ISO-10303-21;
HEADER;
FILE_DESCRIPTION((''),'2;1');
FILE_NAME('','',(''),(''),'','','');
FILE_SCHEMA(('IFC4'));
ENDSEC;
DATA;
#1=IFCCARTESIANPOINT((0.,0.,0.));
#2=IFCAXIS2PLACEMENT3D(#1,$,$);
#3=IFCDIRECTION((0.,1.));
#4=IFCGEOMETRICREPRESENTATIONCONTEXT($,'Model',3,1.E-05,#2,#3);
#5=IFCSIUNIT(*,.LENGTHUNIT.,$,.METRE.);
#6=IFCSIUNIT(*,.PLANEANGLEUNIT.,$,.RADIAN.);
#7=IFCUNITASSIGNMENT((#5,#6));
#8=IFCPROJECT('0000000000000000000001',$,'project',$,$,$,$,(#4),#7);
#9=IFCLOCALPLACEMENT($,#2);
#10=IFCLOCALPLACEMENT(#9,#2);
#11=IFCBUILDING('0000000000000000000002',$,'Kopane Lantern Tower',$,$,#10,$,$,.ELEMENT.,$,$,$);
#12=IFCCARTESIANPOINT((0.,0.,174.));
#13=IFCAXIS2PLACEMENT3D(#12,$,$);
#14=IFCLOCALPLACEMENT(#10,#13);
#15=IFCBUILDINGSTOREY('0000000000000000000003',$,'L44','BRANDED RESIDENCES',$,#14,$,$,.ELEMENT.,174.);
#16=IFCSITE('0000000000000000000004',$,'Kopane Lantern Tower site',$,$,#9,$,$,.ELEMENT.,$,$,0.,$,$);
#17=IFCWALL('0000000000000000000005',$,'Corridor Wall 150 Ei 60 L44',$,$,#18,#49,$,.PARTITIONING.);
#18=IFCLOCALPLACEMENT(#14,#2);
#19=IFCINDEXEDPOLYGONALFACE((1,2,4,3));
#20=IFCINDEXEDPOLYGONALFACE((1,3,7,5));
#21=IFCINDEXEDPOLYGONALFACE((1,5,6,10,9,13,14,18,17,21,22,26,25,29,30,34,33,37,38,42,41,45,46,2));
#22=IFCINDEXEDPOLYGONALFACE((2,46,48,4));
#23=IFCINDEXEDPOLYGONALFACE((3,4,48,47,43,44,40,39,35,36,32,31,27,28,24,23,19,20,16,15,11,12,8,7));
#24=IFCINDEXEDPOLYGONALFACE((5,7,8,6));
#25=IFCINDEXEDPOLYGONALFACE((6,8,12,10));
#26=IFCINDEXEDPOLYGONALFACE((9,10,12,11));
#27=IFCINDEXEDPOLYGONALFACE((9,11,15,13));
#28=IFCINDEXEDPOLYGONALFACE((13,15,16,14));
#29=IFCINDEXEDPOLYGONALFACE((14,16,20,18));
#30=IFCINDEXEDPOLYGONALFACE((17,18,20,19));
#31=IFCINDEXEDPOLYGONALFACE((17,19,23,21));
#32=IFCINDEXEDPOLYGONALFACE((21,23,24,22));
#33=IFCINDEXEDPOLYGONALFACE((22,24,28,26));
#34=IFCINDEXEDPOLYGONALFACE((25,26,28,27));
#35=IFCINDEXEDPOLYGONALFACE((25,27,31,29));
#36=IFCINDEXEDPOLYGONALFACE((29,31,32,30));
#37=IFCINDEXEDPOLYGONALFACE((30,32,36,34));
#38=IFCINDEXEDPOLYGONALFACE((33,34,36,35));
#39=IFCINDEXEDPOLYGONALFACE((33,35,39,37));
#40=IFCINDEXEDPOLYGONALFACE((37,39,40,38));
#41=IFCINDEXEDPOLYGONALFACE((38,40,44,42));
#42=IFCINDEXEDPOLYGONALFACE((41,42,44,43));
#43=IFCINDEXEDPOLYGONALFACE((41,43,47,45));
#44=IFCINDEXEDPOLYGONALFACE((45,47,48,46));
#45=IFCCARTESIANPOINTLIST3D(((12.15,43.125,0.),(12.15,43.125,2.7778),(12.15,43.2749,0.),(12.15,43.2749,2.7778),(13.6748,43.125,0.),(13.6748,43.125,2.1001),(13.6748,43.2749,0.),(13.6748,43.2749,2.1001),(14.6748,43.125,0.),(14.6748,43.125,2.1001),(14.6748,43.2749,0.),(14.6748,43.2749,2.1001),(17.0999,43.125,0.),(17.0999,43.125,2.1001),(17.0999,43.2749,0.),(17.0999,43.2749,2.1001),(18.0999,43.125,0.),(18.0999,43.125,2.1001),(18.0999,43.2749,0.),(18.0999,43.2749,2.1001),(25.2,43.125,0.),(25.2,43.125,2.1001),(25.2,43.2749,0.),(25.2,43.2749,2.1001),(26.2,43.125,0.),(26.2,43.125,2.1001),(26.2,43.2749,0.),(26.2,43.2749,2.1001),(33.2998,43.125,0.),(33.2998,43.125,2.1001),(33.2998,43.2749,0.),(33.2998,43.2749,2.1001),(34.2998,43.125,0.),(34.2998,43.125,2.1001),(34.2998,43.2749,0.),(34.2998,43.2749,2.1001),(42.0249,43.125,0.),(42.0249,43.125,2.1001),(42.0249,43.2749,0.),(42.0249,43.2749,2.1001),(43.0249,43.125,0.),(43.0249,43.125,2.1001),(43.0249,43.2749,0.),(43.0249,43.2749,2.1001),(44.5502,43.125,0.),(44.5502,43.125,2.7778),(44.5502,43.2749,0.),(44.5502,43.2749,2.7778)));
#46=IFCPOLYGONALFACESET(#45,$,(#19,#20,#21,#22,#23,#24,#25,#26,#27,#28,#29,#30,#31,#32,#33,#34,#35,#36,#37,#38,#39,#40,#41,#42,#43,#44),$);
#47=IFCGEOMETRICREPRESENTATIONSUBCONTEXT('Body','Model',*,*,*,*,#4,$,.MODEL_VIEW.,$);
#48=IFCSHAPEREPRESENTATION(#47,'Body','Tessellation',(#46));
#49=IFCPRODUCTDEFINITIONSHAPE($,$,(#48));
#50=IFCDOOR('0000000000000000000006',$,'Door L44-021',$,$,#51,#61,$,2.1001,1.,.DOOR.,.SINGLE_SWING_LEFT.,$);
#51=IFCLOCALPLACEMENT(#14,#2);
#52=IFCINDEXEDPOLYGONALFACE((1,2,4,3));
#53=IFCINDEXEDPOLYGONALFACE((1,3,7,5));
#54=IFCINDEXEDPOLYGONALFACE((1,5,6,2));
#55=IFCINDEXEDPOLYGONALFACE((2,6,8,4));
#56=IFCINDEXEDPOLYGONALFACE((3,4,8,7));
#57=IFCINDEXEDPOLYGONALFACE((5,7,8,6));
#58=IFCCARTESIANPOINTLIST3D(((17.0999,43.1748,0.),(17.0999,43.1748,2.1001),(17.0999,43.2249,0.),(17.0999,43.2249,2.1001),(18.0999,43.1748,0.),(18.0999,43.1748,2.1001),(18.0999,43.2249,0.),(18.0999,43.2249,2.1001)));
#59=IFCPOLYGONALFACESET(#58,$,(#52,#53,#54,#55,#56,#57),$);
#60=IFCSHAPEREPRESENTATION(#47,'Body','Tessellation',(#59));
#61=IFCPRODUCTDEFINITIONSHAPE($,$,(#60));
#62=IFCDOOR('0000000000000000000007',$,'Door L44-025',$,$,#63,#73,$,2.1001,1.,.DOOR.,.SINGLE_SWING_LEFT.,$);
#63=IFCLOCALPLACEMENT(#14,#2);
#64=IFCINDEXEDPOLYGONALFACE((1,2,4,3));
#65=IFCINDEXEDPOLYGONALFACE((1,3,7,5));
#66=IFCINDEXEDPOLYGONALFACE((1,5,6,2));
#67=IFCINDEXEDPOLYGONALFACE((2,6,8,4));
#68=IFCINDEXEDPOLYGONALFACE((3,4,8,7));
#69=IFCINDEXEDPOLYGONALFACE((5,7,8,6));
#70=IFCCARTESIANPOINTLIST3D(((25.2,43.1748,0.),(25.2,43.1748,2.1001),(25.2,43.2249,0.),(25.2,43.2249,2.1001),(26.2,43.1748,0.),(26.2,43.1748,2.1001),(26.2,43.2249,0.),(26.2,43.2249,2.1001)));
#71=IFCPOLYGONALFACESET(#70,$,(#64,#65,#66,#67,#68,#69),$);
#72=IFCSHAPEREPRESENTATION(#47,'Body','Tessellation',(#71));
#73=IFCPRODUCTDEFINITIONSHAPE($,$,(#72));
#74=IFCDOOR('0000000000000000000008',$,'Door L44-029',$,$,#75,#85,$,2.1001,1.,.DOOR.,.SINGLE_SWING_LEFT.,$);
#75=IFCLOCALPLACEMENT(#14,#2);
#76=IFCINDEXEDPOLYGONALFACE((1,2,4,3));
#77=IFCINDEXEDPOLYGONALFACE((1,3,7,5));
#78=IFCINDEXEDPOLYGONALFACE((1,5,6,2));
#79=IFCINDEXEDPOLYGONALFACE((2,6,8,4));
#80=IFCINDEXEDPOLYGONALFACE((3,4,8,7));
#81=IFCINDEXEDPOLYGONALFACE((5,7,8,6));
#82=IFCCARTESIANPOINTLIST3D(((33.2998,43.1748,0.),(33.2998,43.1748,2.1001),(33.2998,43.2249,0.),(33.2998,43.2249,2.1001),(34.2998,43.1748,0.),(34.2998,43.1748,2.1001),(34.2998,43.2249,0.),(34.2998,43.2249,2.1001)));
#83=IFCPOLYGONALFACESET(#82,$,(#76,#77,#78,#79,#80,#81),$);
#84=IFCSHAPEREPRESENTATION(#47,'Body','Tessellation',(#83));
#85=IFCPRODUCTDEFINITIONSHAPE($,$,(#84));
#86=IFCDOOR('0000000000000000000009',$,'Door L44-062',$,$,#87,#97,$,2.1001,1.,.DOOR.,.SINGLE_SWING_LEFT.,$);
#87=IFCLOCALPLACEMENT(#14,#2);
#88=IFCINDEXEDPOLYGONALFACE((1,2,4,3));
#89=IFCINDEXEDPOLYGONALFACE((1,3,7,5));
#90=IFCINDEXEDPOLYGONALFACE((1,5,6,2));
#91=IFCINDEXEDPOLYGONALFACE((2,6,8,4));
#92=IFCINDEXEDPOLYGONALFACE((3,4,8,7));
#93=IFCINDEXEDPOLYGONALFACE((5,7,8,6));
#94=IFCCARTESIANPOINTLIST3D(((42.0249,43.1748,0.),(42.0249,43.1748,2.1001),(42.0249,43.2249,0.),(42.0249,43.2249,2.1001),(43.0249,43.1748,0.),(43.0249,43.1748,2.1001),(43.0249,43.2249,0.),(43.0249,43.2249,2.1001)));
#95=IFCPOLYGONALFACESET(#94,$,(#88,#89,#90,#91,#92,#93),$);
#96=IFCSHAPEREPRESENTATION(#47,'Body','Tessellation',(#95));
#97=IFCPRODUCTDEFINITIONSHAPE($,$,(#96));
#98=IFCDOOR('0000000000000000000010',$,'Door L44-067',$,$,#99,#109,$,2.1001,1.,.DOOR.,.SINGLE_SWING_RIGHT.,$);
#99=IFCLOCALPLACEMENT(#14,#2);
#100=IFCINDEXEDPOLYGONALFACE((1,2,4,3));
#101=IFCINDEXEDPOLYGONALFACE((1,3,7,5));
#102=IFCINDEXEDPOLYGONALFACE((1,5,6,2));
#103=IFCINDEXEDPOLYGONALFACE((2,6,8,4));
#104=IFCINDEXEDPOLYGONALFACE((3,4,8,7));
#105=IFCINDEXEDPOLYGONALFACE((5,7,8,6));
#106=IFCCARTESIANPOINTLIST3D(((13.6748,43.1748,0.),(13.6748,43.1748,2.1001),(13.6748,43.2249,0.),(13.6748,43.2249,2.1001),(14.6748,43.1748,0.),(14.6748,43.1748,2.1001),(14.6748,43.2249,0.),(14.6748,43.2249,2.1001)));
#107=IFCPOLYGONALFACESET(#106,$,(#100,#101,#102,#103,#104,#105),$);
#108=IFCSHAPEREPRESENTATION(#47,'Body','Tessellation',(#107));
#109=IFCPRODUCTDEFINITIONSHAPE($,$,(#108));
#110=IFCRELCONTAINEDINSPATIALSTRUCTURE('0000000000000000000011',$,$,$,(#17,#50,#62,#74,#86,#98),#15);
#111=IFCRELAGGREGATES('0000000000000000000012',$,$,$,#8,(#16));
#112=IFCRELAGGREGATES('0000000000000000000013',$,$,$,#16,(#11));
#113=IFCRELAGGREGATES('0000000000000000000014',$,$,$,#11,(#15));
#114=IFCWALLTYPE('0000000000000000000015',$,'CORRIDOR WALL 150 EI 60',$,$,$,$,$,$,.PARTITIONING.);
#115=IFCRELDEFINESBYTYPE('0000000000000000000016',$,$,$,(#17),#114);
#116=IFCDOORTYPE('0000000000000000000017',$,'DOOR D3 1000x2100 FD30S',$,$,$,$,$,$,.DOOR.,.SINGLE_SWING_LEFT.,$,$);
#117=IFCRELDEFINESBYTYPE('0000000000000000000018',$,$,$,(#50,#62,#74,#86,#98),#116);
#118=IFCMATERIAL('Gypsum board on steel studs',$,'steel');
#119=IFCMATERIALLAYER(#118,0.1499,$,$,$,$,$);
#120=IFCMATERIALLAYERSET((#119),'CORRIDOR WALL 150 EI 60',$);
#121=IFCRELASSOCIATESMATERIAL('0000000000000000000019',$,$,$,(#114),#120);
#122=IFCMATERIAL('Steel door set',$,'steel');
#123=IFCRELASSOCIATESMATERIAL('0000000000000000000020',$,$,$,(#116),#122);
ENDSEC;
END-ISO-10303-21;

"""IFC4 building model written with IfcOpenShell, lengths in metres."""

from ifc_helpers import new_model, si_unit, direction, frame, frame_2d, origin, place, context, subcontext, project, spatial, rectangle, extrude, material, layer, layer_set, type_object, element, fill, save


model = new_model("IFC4")

# Units and contexts
model_context = context("Model", 3, precision=1e-05, world=origin(), true_north=direction((0.0, 1.0)))
body_context = subcontext(model_context, "Body", "Model", "MODEL_VIEW")
ifc_project = project(units=[si_unit("LENGTHUNIT", "METRE"), si_unit("PLANEANGLEUNIT", "RADIAN")], contexts=[model_context])

# Site, building, storey
site_placement = place(None, origin())
site = spatial("IfcSite", under=ifc_project, at=site_placement, Name="Kopane Lantern Tower site", CompositionType="ELEMENT", RefElevation=0.0)
building_placement = place(site_placement, origin())
building = spatial("IfcBuilding", under=site, at=building_placement, Name="Kopane Lantern Tower", CompositionType="ELEMENT")
storey_placement = place(building_placement, frame((0.0, 0.0, 174.0)))
storey = spatial("IfcBuildingStorey", under=building, at=storey_placement, Name="L44", Description="BRANDED RESIDENCES", CompositionType="ELEMENT", Elevation=174.0)

# Wall, openings, doors
ifc_material_1 = material(Name="Gypsum board on steel studs", Category="steel")
ifc_layer_1 = layer(ifc_material_1, 0.1499)
ifc_layer_set_1 = layer_set([ifc_layer_1], Name="CORRIDOR WALL 150 EI 60")
wall_type_1 = type_object("IfcWallType", Name="CORRIDOR WALL 150 EI 60", PredefinedType="PARTITIONING", material=ifc_layer_set_1)
wall_1_placement = place(storey_placement, frame((12.1499, 43.2, 0.0), z_axis=(0.0, 0.0, 1.0), x_axis=(1.0, 0.0, 0.0)))
wall_1 = element("IfcWall", 1, at=wall_1_placement, inside=storey, type_object=wall_type_1, Name="Corridor Wall 150 Ei 60 L44", PredefinedType="PARTITIONING", context=body_context, shape_type="SweptSolid", body=[
    extrude(rectangle(XDim=32.4001, YDim=0.1499, at=frame_2d((16.2002, 0.0))), origin(), (0.0, 0.0, 1.0), 2.7778),
])
opening_1_placement = place(wall_1_placement, frame((4.95, 0.0, 0.0)))
opening_1 = element("IfcOpeningElement", 2, at=opening_1_placement, cuts=wall_1, PredefinedType="OPENING", context=body_context, shape_type="SweptSolid", body=[
    extrude(rectangle(XDim=1.0, YDim=2.1001, at=frame_2d((0.5, 1.05))), frame((0.0, 0.085, 0.0), z_axis=(0.0, -1.0, 0.0), x_axis=(1.0, 0.0, 0.0)), (0.0, 0.0, 1.0), 0.1699),
])
opening_2_placement = place(wall_1_placement, frame((13.05, 0.0, 0.0)))
opening_2 = element("IfcOpeningElement", 3, at=opening_2_placement, cuts=wall_1, PredefinedType="OPENING", context=body_context, shape_type="SweptSolid", body=[
    extrude(rectangle(XDim=1.0, YDim=2.1001, at=frame_2d((0.5, 1.05))), frame((0.0, 0.085, 0.0), z_axis=(0.0, -1.0, 0.0), x_axis=(1.0, 0.0, 0.0)), (0.0, 0.0, 1.0), 0.1699),
])
opening_3_placement = place(wall_1_placement, frame((21.1499, 0.0, 0.0)))
opening_3 = element("IfcOpeningElement", 4, at=opening_3_placement, cuts=wall_1, PredefinedType="OPENING", context=body_context, shape_type="SweptSolid", body=[
    extrude(rectangle(XDim=1.0, YDim=2.1001, at=frame_2d((0.5, 1.05))), frame((0.0, 0.085, 0.0), z_axis=(0.0, -1.0, 0.0), x_axis=(1.0, 0.0, 0.0)), (0.0, 0.0, 1.0), 0.1699),
])
opening_4_placement = place(wall_1_placement, frame((29.875, 0.0, 0.0)))
opening_4 = element("IfcOpeningElement", 5, at=opening_4_placement, cuts=wall_1, PredefinedType="OPENING", context=body_context, shape_type="SweptSolid", body=[
    extrude(rectangle(XDim=1.0, YDim=2.1001, at=frame_2d((0.5, 1.05))), frame((0.0, 0.085, 0.0), z_axis=(0.0, -1.0, 0.0), x_axis=(1.0, 0.0, 0.0)), (0.0, 0.0, 1.0), 0.1699),
])
opening_5_placement = place(wall_1_placement, frame((1.5249, 0.0, 0.0)))
opening_5 = element("IfcOpeningElement", 6, at=opening_5_placement, cuts=wall_1, PredefinedType="OPENING", context=body_context, shape_type="SweptSolid", body=[
    extrude(rectangle(XDim=1.0, YDim=2.1001, at=frame_2d((0.5, 1.05))), frame((0.0, 0.085, 0.0), z_axis=(0.0, -1.0, 0.0), x_axis=(1.0, 0.0, 0.0)), (0.0, 0.0, 1.0), 0.1699),
])
ifc_material_2 = material(Name="Steel door set", Category="steel")
door_type_1 = type_object("IfcDoorType", Name="DOOR D3 1000x2100 FD30S", OperationType="SINGLE_SWING_LEFT", PredefinedType="DOOR", material=ifc_material_2)
door_1_placement = place(opening_1_placement, origin())
door_1 = element("IfcDoor", 7, at=door_1_placement, inside=storey, type_object=door_type_1, Name="Door L44-021", OperationType="SINGLE_SWING_LEFT", OverallHeight=2.1001, OverallWidth=1.0, PredefinedType="DOOR", context=body_context, shape_type="SweptSolid", body=[
    extrude(rectangle(XDim=1.0, YDim=2.1001, at=frame_2d((0.5, 1.05))), frame((0.0, 0.0249, 0.0), z_axis=(0.0, -1.0, 0.0), x_axis=(1.0, 0.0, 0.0)), (0.0, 0.0, 1.0), 0.05),
])
fill(opening_1, door_1)
door_2_placement = place(opening_2_placement, origin())
door_2 = element("IfcDoor", 8, at=door_2_placement, inside=storey, type_object=door_type_1, Name="Door L44-025", OperationType="SINGLE_SWING_LEFT", OverallHeight=2.1001, OverallWidth=1.0, PredefinedType="DOOR", context=body_context, shape_type="SweptSolid", body=[
    extrude(rectangle(XDim=1.0, YDim=2.1001, at=frame_2d((0.5, 1.05))), frame((0.0, 0.0249, 0.0), z_axis=(0.0, -1.0, 0.0), x_axis=(1.0, 0.0, 0.0)), (0.0, 0.0, 1.0), 0.05),
])
fill(opening_2, door_2)
door_3_placement = place(opening_3_placement, origin())
door_3 = element("IfcDoor", 9, at=door_3_placement, inside=storey, type_object=door_type_1, Name="Door L44-029", OperationType="SINGLE_SWING_LEFT", OverallHeight=2.1001, OverallWidth=1.0, PredefinedType="DOOR", context=body_context, shape_type="SweptSolid", body=[
    extrude(rectangle(XDim=1.0, YDim=2.1001, at=frame_2d((0.5, 1.05))), frame((0.0, 0.0249, 0.0), z_axis=(0.0, -1.0, 0.0), x_axis=(1.0, 0.0, 0.0)), (0.0, 0.0, 1.0), 0.05),
])
fill(opening_3, door_3)
door_4_placement = place(opening_4_placement, origin())
door_4 = element("IfcDoor", 10, at=door_4_placement, inside=storey, type_object=door_type_1, Name="Door L44-062", OperationType="SINGLE_SWING_LEFT", OverallHeight=2.1001, OverallWidth=1.0, PredefinedType="DOOR", context=body_context, shape_type="SweptSolid", body=[
    extrude(rectangle(XDim=1.0, YDim=2.1001, at=frame_2d((0.5, 1.05))), frame((0.0, 0.0249, 0.0), z_axis=(0.0, -1.0, 0.0), x_axis=(1.0, 0.0, 0.0)), (0.0, 0.0, 1.0), 0.05),
])
fill(opening_4, door_4)
door_5_placement = place(opening_5_placement, origin())
door_5 = element("IfcDoor", 11, at=door_5_placement, inside=storey, type_object=door_type_1, Name="Door L44-067", OperationType="SINGLE_SWING_RIGHT", OverallHeight=2.1001, OverallWidth=1.0, PredefinedType="DOOR", context=body_context, shape_type="SweptSolid", body=[
    extrude(rectangle(XDim=1.0, YDim=2.1001, at=frame_2d((0.5, 1.05))), frame((0.0, 0.0249, 0.0), z_axis=(0.0, -1.0, 0.0), x_axis=(1.0, 0.0, 0.0)), (0.0, 0.0, 1.0), 0.05),
])
fill(opening_5, door_5)

save(model, "model.ifc")
